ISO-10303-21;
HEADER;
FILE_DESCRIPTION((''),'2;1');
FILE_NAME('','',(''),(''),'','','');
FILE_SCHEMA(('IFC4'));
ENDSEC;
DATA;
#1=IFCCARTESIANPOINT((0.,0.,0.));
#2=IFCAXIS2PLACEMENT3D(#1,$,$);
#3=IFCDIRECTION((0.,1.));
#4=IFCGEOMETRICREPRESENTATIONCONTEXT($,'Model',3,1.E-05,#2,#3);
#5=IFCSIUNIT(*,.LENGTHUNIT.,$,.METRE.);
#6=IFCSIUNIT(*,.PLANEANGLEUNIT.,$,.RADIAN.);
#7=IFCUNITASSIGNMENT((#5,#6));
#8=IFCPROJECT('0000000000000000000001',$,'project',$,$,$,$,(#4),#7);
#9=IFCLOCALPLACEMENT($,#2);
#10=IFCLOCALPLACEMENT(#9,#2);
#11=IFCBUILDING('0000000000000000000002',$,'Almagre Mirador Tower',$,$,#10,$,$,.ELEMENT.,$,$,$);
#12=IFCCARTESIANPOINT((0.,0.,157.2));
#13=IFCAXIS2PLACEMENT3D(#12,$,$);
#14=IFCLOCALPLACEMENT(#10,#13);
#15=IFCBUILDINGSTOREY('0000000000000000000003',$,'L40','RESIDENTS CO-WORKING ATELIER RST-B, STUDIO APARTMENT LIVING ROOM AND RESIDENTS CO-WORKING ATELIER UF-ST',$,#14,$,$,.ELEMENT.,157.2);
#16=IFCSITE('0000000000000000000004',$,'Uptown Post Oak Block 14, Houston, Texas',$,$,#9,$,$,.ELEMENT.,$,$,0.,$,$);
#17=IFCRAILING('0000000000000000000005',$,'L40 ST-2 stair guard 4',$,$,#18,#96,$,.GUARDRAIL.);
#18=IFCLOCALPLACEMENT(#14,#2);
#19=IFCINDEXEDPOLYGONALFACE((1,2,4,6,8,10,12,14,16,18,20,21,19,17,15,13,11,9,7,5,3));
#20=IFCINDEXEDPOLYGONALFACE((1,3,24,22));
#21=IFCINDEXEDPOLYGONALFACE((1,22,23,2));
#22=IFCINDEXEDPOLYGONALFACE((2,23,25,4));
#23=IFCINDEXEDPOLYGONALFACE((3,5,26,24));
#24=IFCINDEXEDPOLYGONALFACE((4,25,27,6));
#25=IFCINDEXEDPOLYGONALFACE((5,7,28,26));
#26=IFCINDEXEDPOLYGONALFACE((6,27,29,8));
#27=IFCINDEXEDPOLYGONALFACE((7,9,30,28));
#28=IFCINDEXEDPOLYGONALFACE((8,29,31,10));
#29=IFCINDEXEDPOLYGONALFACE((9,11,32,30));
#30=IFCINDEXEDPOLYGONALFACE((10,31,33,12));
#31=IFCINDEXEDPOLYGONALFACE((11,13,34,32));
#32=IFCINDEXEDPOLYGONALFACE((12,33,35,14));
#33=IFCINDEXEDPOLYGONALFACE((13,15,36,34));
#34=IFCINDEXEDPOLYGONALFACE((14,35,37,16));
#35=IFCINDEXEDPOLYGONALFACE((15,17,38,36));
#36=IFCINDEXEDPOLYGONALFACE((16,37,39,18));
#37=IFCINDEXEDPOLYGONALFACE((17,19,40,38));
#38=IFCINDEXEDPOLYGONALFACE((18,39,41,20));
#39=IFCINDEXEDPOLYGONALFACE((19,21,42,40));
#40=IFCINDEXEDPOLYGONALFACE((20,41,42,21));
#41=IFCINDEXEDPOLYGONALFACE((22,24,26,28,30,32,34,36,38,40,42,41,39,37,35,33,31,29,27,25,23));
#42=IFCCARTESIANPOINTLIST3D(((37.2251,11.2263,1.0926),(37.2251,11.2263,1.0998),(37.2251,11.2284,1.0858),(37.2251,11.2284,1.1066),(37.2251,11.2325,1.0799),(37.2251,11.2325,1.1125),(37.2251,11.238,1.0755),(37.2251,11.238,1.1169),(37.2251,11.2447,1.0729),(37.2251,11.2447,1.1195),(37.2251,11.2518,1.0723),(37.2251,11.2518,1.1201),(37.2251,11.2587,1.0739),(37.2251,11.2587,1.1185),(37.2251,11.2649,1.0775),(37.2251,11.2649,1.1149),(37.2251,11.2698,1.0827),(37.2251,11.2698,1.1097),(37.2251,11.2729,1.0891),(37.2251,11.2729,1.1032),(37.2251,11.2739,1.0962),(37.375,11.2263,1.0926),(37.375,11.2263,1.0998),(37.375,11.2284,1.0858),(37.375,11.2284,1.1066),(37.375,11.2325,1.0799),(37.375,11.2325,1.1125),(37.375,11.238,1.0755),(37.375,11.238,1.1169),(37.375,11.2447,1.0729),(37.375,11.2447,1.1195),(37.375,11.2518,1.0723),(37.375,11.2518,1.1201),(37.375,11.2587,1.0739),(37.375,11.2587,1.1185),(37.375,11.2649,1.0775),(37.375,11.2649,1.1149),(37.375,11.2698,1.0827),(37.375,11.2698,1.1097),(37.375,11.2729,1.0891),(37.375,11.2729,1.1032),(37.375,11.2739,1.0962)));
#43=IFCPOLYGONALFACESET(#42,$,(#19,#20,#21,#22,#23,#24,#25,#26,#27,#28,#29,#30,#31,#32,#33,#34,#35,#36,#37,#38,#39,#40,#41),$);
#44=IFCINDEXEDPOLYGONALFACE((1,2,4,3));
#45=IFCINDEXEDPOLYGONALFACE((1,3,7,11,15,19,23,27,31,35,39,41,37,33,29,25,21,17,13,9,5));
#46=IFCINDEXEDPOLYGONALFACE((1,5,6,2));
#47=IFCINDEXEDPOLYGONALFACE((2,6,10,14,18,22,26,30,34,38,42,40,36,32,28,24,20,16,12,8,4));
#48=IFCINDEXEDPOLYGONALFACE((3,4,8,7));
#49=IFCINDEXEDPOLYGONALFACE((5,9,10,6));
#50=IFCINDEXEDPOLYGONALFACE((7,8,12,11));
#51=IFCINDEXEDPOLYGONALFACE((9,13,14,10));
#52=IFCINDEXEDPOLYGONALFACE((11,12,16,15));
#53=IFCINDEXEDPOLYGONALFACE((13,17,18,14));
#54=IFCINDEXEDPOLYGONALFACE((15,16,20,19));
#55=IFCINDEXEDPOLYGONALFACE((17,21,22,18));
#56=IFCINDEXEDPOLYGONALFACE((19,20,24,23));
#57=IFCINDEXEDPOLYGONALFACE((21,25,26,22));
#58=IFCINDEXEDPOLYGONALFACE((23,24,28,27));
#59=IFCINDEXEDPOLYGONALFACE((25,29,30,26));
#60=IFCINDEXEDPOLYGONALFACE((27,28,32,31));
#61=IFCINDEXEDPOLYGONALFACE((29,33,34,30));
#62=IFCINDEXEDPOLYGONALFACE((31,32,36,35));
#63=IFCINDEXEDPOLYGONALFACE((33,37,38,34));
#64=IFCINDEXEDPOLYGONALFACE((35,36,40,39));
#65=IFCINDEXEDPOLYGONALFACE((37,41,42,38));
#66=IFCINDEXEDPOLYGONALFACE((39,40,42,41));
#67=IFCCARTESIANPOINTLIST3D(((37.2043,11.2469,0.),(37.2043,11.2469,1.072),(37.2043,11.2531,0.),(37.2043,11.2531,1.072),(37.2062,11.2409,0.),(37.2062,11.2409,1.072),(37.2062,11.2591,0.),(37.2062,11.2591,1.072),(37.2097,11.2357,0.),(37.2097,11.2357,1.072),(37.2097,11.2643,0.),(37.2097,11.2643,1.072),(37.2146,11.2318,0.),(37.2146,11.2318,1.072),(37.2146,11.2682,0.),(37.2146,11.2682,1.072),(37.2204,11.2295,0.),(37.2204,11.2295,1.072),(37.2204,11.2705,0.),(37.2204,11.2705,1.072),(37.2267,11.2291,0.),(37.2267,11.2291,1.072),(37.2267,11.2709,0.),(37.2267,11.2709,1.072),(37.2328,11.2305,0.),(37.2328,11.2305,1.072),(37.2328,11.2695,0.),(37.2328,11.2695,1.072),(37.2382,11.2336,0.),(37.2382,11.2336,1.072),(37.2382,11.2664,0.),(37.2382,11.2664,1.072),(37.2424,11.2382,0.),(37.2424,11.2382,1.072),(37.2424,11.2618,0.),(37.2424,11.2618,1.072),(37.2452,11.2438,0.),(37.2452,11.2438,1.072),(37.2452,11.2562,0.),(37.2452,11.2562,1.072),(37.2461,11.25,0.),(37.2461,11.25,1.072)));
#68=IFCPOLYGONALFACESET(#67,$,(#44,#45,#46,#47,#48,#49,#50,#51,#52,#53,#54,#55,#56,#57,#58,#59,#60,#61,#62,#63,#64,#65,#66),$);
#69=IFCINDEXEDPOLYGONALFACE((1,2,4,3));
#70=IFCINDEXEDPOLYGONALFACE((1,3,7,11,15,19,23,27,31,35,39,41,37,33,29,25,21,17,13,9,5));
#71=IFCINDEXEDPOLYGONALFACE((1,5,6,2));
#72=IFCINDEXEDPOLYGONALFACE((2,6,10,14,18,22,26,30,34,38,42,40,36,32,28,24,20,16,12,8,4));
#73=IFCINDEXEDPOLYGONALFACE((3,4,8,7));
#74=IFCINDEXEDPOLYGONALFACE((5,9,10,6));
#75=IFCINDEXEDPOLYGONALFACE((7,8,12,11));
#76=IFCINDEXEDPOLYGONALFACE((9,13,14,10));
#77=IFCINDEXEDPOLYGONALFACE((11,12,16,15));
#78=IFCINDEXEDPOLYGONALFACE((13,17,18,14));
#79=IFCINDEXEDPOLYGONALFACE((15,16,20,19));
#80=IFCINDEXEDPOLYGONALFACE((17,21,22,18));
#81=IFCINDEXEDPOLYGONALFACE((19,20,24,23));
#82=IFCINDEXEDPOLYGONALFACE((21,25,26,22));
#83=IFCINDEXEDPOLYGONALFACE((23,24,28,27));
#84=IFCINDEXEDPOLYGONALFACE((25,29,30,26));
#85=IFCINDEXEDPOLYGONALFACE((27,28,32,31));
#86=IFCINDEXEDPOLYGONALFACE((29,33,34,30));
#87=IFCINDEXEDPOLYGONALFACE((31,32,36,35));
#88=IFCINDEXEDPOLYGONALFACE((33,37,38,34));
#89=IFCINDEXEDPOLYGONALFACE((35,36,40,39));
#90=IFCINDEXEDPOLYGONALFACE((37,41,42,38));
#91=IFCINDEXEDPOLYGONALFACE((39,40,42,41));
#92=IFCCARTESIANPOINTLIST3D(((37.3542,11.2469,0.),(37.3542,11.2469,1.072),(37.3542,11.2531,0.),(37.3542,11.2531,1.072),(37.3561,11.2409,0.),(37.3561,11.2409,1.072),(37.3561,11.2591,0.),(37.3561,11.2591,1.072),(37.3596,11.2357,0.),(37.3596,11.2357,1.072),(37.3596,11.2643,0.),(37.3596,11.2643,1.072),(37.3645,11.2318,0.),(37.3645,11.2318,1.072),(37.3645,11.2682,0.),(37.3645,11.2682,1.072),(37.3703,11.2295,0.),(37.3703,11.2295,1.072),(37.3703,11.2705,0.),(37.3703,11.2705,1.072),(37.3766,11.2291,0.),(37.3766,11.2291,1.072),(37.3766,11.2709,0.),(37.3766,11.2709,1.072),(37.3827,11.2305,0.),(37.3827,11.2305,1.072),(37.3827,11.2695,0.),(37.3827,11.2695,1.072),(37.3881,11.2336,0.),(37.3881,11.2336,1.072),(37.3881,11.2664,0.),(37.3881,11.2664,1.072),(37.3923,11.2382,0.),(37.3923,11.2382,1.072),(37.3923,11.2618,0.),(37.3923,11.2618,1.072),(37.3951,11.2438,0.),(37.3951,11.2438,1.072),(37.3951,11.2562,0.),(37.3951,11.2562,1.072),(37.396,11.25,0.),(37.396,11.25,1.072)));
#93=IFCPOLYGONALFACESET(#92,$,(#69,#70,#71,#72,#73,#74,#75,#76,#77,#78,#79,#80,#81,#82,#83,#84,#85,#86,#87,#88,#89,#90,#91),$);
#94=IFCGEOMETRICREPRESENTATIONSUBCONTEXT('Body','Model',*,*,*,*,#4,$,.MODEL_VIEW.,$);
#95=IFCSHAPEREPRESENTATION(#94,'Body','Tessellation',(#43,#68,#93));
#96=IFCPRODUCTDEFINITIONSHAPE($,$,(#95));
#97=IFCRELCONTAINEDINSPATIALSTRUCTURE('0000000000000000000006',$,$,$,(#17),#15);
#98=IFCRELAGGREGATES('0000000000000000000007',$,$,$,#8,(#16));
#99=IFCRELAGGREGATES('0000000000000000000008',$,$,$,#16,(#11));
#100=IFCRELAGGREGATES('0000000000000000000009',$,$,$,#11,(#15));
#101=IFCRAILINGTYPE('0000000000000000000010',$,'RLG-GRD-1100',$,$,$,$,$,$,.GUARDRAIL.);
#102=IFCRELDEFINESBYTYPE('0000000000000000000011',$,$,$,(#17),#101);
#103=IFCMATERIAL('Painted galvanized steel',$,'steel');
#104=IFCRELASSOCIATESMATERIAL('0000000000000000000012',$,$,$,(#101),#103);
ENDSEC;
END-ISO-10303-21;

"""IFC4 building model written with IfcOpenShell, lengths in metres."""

from ifc_helpers import new_model, si_unit, direction, frame, origin, origin_2d, place, context, subcontext, project, spatial, circle, extrude, material, type_object, element, save


model = new_model("IFC4")

# Units and contexts
model_context = context("Model", 3, precision=1e-05, world=origin(), true_north=direction((0.0, 1.0)))
body_context = subcontext(model_context, "Body", "Model", "MODEL_VIEW")
ifc_project = project(units=[si_unit("LENGTHUNIT", "METRE"), si_unit("PLANEANGLEUNIT", "RADIAN")], contexts=[model_context])

# Site, building, storey
site_placement = place(None, origin())
site = spatial("IfcSite", under=ifc_project, at=site_placement, Name="Uptown Post Oak Block 14, Houston, Texas", CompositionType="ELEMENT", RefElevation=0.0)
building_placement = place(site_placement, origin())
building = spatial("IfcBuilding", under=site, at=building_placement, Name="Almagre Mirador Tower", CompositionType="ELEMENT")
storey_placement = place(building_placement, frame((0.0, 0.0, 157.2)))
storey = spatial("IfcBuildingStorey", under=building, at=storey_placement, Name="L40", Description="RESIDENTS CO-WORKING ATELIER RST-B, STUDIO APARTMENT LIVING ROOM AND RESIDENTS CO-WORKING ATELIER UF-ST", CompositionType="ELEMENT", Elevation=157.2)

# Railing
ifc_material_1 = material(Name="Painted galvanized steel", Category="steel")
railing_type_1 = type_object("IfcRailingType", Name="RLG-GRD-1100", PredefinedType="GUARDRAIL", material=ifc_material_1)
railing_1_placement = place(storey_placement, frame((37.2251, 11.25, 0.0)))
element("IfcRailing", 1, at=railing_1_placement, inside=storey, type_object=railing_type_1, Name="L40 ST-2 stair guard 4", PredefinedType="GUARDRAIL", context=body_context, shape_type="SweptSolid", body=[
    extrude(circle(Radius=0.0239, at=origin_2d()), frame((0.0, 0.0, 1.0962), z_axis=(1.0, 0.0, 0.0), x_axis=(0.0, 1.0, 0.0)), (0.0, 0.0, 1.0), 0.1499),
    extrude(circle(Radius=0.021, at=origin_2d()), origin(), (0.0, 0.0, 1.0), 1.072),
    extrude(circle(Radius=0.021, at=origin_2d()), frame((0.1499, 0.0, 0.0)), (0.0, 0.0, 1.0), 1.072),
])

save(model, "model.ifc")
